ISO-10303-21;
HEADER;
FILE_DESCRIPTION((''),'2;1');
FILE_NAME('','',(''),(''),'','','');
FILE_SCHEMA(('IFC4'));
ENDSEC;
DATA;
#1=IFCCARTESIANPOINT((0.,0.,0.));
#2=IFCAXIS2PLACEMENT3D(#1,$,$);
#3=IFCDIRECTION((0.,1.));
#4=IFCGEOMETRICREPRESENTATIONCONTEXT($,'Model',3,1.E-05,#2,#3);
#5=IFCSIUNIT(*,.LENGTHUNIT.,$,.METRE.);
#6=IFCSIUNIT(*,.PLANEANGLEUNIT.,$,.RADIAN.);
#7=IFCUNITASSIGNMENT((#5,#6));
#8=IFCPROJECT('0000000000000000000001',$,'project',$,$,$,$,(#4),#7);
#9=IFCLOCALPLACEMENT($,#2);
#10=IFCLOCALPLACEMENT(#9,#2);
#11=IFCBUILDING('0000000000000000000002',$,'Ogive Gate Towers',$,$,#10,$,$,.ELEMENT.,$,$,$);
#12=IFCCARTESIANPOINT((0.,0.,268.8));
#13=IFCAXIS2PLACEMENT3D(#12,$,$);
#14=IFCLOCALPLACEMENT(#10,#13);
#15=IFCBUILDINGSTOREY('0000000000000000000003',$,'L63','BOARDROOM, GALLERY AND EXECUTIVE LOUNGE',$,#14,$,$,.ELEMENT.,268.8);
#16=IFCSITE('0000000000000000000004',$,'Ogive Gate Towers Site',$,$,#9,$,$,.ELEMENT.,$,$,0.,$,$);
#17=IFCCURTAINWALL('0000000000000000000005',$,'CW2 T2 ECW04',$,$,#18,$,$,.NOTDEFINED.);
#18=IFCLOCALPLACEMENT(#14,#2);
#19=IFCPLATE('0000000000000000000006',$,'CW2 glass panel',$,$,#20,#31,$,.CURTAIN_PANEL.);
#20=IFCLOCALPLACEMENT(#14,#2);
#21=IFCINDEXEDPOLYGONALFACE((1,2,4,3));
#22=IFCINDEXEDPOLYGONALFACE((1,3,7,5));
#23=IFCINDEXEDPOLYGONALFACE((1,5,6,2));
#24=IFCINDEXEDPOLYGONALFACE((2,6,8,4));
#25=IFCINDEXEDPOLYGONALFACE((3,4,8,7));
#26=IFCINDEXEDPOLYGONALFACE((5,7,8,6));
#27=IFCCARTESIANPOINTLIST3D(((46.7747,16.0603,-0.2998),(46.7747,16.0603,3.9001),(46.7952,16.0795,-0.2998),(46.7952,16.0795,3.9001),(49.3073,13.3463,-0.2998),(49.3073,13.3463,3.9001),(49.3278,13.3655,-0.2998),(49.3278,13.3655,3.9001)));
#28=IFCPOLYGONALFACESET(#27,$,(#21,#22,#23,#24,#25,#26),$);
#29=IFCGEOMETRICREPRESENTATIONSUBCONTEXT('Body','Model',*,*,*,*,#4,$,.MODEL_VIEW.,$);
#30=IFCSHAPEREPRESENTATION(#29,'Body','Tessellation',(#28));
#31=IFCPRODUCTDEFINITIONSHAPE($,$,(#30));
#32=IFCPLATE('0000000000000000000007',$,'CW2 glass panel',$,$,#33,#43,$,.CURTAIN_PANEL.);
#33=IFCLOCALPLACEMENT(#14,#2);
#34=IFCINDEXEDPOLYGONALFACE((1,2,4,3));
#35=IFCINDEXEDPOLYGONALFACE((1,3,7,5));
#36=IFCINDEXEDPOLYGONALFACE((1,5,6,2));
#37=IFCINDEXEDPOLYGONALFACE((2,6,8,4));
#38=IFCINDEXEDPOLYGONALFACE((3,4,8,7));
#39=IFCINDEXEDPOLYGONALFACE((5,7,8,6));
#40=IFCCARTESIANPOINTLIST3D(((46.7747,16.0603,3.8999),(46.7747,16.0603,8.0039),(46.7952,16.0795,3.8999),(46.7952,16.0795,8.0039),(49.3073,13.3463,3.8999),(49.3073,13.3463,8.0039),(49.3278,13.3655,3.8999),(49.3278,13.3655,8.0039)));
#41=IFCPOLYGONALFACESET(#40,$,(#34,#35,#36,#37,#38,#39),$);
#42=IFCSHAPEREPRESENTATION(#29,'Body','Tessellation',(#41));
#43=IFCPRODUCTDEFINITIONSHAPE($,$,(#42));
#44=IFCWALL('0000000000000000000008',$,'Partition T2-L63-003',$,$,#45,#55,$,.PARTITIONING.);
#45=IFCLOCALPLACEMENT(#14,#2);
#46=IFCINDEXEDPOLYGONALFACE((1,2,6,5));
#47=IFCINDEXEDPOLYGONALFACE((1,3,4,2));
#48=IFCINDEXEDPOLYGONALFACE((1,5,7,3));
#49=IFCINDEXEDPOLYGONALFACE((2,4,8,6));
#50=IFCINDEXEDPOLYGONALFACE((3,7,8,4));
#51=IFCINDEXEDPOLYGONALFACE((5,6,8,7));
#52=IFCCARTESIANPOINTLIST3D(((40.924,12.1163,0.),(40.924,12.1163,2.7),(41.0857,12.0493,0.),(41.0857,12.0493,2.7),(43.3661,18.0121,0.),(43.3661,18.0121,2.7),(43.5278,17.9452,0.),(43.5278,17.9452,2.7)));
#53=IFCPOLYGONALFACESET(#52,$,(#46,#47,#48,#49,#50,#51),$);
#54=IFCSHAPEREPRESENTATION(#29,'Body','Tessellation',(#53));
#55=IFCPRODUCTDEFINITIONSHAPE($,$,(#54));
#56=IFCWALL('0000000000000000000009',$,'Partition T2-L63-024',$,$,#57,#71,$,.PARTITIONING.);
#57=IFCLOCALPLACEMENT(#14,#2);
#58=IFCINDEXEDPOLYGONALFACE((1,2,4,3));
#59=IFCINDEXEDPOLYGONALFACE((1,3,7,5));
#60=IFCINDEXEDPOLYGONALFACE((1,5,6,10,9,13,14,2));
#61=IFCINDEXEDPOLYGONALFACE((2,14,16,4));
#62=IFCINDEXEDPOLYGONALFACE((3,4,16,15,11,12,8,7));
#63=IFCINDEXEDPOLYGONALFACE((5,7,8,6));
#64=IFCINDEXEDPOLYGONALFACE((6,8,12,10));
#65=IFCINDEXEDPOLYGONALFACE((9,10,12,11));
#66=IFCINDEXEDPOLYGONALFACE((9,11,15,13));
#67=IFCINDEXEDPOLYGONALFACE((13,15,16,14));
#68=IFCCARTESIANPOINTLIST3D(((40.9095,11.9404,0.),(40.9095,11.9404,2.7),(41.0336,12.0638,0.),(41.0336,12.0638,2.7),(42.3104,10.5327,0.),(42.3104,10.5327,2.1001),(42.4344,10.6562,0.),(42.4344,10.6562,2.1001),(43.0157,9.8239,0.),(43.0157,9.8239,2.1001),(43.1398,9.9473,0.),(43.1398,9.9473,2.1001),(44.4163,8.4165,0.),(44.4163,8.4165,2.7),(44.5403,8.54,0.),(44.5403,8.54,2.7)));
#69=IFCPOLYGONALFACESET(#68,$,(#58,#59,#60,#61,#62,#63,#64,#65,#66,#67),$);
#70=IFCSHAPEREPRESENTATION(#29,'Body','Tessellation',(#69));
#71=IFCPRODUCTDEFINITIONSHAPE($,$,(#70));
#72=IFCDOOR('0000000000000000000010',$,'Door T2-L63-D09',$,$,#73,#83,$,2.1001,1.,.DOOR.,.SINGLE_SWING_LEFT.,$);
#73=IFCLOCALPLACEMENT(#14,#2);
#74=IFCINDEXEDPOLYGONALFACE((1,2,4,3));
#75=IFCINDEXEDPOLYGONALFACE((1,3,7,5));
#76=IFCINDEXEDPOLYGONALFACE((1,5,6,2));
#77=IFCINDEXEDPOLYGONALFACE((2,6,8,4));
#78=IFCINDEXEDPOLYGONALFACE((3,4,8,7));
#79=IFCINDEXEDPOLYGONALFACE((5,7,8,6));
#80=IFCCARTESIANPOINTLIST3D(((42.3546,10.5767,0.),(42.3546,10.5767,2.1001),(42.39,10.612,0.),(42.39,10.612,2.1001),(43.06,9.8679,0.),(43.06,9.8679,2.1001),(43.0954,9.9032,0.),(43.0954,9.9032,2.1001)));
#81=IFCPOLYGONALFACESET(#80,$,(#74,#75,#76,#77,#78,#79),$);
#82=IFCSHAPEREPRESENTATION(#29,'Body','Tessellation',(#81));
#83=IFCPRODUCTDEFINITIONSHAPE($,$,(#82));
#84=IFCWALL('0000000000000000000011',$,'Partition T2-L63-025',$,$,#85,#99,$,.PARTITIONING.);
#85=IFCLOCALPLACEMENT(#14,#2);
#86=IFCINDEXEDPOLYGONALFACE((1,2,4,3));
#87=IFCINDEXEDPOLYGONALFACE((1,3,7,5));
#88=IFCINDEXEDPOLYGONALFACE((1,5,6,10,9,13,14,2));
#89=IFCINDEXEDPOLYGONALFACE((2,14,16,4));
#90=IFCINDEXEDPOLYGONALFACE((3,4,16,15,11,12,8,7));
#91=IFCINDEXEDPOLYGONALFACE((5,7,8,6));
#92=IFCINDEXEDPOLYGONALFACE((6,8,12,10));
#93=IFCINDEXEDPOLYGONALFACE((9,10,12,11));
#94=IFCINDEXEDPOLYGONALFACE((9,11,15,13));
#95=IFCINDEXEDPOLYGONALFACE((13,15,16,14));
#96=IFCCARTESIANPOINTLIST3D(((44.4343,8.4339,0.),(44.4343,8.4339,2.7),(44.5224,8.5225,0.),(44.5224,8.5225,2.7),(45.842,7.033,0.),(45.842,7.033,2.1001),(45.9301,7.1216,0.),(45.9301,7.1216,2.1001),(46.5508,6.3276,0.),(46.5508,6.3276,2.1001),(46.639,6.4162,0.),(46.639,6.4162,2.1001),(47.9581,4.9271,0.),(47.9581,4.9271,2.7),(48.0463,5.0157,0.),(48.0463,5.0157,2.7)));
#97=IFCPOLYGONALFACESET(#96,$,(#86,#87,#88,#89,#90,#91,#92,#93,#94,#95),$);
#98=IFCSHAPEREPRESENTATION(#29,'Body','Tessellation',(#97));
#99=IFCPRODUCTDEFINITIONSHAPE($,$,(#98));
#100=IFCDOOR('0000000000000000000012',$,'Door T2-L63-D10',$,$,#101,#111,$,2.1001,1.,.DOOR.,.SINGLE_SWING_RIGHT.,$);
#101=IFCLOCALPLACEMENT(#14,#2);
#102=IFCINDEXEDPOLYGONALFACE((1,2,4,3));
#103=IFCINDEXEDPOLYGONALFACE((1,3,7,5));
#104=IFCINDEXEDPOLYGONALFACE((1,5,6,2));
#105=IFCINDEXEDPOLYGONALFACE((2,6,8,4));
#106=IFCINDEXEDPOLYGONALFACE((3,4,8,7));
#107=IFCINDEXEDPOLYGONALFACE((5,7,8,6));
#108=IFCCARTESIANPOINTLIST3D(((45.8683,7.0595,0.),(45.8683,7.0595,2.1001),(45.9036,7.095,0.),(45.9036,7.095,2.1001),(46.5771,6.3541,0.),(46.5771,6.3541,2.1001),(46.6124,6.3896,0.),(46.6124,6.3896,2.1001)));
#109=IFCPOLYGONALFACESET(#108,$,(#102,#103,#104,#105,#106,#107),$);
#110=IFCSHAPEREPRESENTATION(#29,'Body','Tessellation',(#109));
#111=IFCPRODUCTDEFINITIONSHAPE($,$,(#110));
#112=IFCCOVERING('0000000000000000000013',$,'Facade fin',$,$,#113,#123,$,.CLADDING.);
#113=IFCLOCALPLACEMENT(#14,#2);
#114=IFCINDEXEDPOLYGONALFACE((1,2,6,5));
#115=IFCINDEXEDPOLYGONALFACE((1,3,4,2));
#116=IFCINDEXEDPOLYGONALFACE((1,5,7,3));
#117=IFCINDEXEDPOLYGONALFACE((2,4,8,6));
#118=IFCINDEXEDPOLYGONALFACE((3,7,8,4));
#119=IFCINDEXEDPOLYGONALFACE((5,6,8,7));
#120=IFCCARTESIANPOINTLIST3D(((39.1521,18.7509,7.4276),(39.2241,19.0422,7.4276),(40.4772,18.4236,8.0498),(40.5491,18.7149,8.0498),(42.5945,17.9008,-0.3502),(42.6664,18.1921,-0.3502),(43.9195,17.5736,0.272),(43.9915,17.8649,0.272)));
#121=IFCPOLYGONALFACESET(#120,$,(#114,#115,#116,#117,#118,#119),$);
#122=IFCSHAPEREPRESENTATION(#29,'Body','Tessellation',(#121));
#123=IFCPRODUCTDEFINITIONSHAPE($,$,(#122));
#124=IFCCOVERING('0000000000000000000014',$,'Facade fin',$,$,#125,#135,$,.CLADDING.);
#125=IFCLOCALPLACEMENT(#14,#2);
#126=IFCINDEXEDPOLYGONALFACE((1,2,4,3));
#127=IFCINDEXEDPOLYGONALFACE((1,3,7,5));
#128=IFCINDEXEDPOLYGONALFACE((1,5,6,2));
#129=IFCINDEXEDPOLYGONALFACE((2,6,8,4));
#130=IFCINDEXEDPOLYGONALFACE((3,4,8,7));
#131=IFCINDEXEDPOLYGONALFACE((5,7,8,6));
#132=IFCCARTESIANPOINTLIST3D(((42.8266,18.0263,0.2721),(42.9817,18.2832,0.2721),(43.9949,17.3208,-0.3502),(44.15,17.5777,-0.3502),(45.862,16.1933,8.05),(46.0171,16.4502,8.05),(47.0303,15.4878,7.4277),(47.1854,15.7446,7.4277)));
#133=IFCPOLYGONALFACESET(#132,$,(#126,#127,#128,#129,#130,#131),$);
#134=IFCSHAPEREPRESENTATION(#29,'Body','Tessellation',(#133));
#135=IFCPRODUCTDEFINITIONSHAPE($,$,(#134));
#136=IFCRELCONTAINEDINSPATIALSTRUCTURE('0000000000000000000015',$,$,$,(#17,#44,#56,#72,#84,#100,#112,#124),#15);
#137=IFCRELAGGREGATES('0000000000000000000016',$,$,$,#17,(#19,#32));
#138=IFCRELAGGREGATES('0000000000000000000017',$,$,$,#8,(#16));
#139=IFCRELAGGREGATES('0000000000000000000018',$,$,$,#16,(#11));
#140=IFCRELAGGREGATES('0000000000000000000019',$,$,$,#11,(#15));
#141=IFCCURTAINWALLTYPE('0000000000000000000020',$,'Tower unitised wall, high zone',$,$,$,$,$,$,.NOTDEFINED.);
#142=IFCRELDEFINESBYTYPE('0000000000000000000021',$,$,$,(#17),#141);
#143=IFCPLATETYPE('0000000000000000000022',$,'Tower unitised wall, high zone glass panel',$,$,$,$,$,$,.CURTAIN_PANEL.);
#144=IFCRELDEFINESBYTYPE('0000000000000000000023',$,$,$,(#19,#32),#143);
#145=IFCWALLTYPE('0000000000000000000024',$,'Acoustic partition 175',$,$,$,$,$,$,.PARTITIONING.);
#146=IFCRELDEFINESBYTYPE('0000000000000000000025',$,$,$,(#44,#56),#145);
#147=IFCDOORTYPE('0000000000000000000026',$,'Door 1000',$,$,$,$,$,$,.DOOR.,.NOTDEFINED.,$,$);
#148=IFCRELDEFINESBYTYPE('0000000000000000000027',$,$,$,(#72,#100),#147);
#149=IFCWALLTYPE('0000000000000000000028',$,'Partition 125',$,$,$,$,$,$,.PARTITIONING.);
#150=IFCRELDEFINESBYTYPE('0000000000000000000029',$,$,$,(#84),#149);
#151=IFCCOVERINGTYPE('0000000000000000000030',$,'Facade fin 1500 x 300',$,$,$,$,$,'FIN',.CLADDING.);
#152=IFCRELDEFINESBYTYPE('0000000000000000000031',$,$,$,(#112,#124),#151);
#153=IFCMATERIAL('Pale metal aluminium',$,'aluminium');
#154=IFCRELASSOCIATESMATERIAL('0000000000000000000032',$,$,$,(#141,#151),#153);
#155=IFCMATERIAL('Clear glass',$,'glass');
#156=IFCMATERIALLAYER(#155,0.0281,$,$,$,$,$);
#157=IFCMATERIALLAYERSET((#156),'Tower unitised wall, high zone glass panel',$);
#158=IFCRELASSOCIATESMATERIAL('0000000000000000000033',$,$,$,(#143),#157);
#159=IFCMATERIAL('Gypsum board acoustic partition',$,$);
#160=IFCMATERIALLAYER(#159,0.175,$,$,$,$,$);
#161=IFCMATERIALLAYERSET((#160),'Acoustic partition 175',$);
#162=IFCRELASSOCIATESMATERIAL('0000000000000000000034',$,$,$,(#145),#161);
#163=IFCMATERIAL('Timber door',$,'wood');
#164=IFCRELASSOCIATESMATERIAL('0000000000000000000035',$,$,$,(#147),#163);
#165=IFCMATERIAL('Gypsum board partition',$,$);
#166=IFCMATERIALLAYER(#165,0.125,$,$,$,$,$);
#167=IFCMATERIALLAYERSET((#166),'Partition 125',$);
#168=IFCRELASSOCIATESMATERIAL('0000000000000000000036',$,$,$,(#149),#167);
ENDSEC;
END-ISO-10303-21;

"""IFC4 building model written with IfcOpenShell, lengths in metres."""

from ifc_helpers import new_model, si_unit, direction, frame, frame_2d, origin, origin_2d, place, context, subcontext, project, spatial, rectangle, extrude, material, layer, layer_set, material_profile, profile_set, type_object, element, fill, aggregate, save


model = new_model("IFC4")

# Units and contexts
model_context = context("Model", 3, precision=1e-05, world=origin(), true_north=direction((0.0, 1.0)))
body_context = subcontext(model_context, "Body", "Model", "MODEL_VIEW")
ifc_project = project(units=[si_unit("LENGTHUNIT", "METRE"), si_unit("PLANEANGLEUNIT", "RADIAN")], contexts=[model_context])

# Site, building, storey
site_placement = place(None, origin())
site = spatial("IfcSite", under=ifc_project, at=site_placement, Name="Ogive Gate Towers Site", CompositionType="ELEMENT", RefElevation=0.0)
building_placement = place(site_placement, origin())
building = spatial("IfcBuilding", under=site, at=building_placement, Name="Ogive Gate Towers", CompositionType="ELEMENT")
storey_placement = place(building_placement, frame((0.0, 0.0, 268.8)))
storey = spatial("IfcBuildingStorey", under=building, at=storey_placement, Name="L63", Description="BOARDROOM, GALLERY AND EXECUTIVE LOUNGE", CompositionType="ELEMENT", Elevation=268.8)

# Curtain wall, plates
ifc_material_1 = material(Name="Pale metal aluminium", Category="aluminium")
curtain_wall_type = type_object("IfcCurtainWallType", Name="Tower unitised wall, high zone", PredefinedType="NOTDEFINED", material=ifc_material_1)
curtain_wall_placement = place(storey_placement, origin())
curtain_wall = element("IfcCurtainWall", 1, at=curtain_wall_placement, inside=storey, type_object=curtain_wall_type, Name="CW2 T2 ECW04", PredefinedType="NOTDEFINED")
ifc_material_2 = material(Name="Clear glass", Category="glass")
ifc_layer_1 = layer(ifc_material_2, 0.0281)
ifc_layer_set_1 = layer_set([ifc_layer_1], Name="Tower unitised wall, high zone glass panel")
plate_type = type_object("IfcPlateType", Name="Tower unitised wall, high zone glass panel", PredefinedType="CURTAIN_PANEL", material=ifc_layer_set_1)
plate_1_placement = place(storey_placement, frame((48.0513, 14.7129, -0.2998), z_axis=(0.0, 0.0, 1.0), x_axis=(0.682254, -0.731116, 0.0)))
plate_1 = element("IfcPlate", 2, at=plate_1_placement, type_object=plate_type, Name="CW2 glass panel", PredefinedType="CURTAIN_PANEL", context=body_context, shape_type="SweptSolid", body=[
    extrude(rectangle(XDim=3.7122, YDim=0.0281, at=origin_2d()), origin(), (0.0, 0.0, 1.0), 4.2),
])
plate_2_placement = place(storey_placement, frame((48.0513, 14.7129, 3.8999), z_axis=(0.0, 0.0, 1.0), x_axis=(0.682254, -0.731116, 0.0)))
plate_2 = element("IfcPlate", 3, at=plate_2_placement, type_object=plate_type, Name="CW2 glass panel", PredefinedType="CURTAIN_PANEL", context=body_context, shape_type="SweptSolid", body=[
    extrude(rectangle(XDim=3.7122, YDim=0.0281, at=origin_2d()), origin(), (0.0, 0.0, 1.0), 4.104),
])
aggregate(curtain_wall, [plate_1, plate_2])

# Wall
ifc_material_3 = material(Name="Gypsum board acoustic partition")
ifc_layer_2 = layer(ifc_material_3, 0.175)
ifc_layer_set_2 = layer_set([ifc_layer_2], Name="Acoustic partition 175")
wall_type_1 = type_object("IfcWallType", Name="Acoustic partition 175", PredefinedType="PARTITIONING", material=ifc_layer_set_2)
wall_1_placement = place(storey_placement, frame((43.447, 17.9788, 0.0), z_axis=(0.0, 0.0, 1.0), x_axis=(-0.382689, -0.923877, 0.0)))
element("IfcWall", 4, at=wall_1_placement, inside=storey, type_object=wall_type_1, Name="Partition T2-L63-003", PredefinedType="PARTITIONING", context=body_context, shape_type="SweptSolid", body=[
    extrude(rectangle(XDim=6.3816, YDim=0.175, at=frame_2d((3.1909, 0.0))), origin(), (0.0, 0.0, 1.0), 2.7),
])

# Walls, openings, doors
wall_2_placement = place(storey_placement, frame((40.9714, 12.0022, 0.0), z_axis=(0.0, 0.0, 1.0), x_axis=(0.705386, -0.708823, 0.0)))
wall_2 = element("IfcWall", 5, at=wall_2_placement, inside=storey, type_object=wall_type_1, Name="Partition T2-L63-024", PredefinedType="PARTITIONING", context=body_context, shape_type="SweptSolid", body=[
    extrude(rectangle(XDim=4.9714, YDim=0.175, at=frame_2d((2.4858, 0.0))), origin(), (0.0, 0.0, 1.0), 2.7),
])
opening_1_placement = place(wall_2_placement, frame((1.9861, 0.0, 0.0)))
opening_1 = element("IfcOpeningElement", 6, at=opening_1_placement, cuts=wall_2, PredefinedType="OPENING", context=body_context, shape_type="SweptSolid", body=[
    extrude(rectangle(XDim=1.0, YDim=2.1001, at=frame_2d((0.5, 1.05))), frame((0.0, 0.0977, 0.0), z_axis=(0.0, -1.0, 0.0), x_axis=(1.0, 0.0, 0.0)), (0.0, 0.0, 1.0), 0.1951),
])
ifc_material_4 = material(Name="Timber door", Category="wood")
door_type = type_object("IfcDoorType", Name="Door 1000", OperationType="NOTDEFINED", PredefinedType="DOOR", material=ifc_material_4)
door_1_placement = place(opening_1_placement, origin())
door_1 = element("IfcDoor", 7, at=door_1_placement, inside=storey, type_object=door_type, Name="Door T2-L63-D09", OperationType="SINGLE_SWING_LEFT", OverallHeight=2.1001, OverallWidth=1.0, PredefinedType="DOOR", context=body_context, shape_type="SweptSolid", body=[
    extrude(rectangle(XDim=1.0, YDim=2.1001, at=frame_2d((0.5, 1.05))), frame((0.0, 0.0249, 0.0), z_axis=(0.0, -1.0, 0.0), x_axis=(1.0, 0.0, 0.0)), (0.0, 0.0, 1.0), 0.05),
])
fill(opening_1, door_1)
ifc_material_5 = material(Name="Gypsum board partition")
ifc_layer_3 = layer(ifc_material_5, 0.125)
ifc_layer_set_3 = layer_set([ifc_layer_3], Name="Partition 125")
wall_type_2 = type_object("IfcWallType", Name="Partition 125", PredefinedType="PARTITIONING", material=ifc_layer_set_3)
wall_3_placement = place(storey_placement, frame((44.4783, 8.4783, 0.0), z_axis=(0.0, 0.0, 1.0), x_axis=(0.708823, -0.705386, 0.0)))
wall_3 = element("IfcWall", 8, at=wall_3_placement, inside=storey, type_object=wall_type_2, Name="Partition T2-L63-025", PredefinedType="PARTITIONING", context=body_context, shape_type="SweptSolid", body=[
    extrude(rectangle(XDim=4.9714, YDim=0.125, at=frame_2d((2.4858, 0.0))), origin(), (0.0, 0.0, 1.0), 2.7),
])
opening_2_placement = place(wall_3_placement, frame((1.9861, 0.0, 0.0)))
opening_2 = element("IfcOpeningElement", 9, at=opening_2_placement, cuts=wall_3, PredefinedType="OPENING", context=body_context, shape_type="SweptSolid", body=[
    extrude(rectangle(XDim=1.0, YDim=2.1001, at=frame_2d((0.5, 1.05))), frame((0.0, 0.0725, 0.0), z_axis=(0.0, -1.0, 0.0), x_axis=(1.0, 0.0, 0.0)), (0.0, 0.0, 1.0), 0.145),
])
door_2_placement = place(opening_2_placement, origin())
door_2 = element("IfcDoor", 10, at=door_2_placement, inside=storey, type_object=door_type, Name="Door T2-L63-D10", OperationType="SINGLE_SWING_RIGHT", OverallHeight=2.1001, OverallWidth=1.0, PredefinedType="DOOR", context=body_context, shape_type="SweptSolid", body=[
    extrude(rectangle(XDim=1.0, YDim=2.1001, at=frame_2d((0.5, 1.05))), frame((0.0, 0.0249, 0.0), z_axis=(0.0, -1.0, 0.0), x_axis=(1.0, 0.0, 0.0)), (0.0, 0.0, 1.0), 0.05),
])
fill(opening_2, door_2)

# Coverings
ifc_material_profile_1 = material_profile(ifc_material_1, rectangle(XDim=0.3, YDim=1.5, at=origin_2d()), Name="1500 x 300 pale metal aluminium")
ifc_profile_set_1 = profile_set([ifc_material_profile_1], Name="Pale metal aluminium")
covering_type = type_object("IfcCoveringType", Name="Facade fin 1500 x 300", ElementType="FIN", PredefinedType="CLADDING", material=ifc_profile_set_1)
covering_1_placement = place(storey_placement, frame((43.293, 17.8828, -0.0391), z_axis=(-0.402715, 0.099451, 0.909907), x_axis=(-0.239748, -0.970835, 0.0)))
element("IfcCovering", 11, at=covering_1_placement, inside=storey, type_object=covering_type, Name="Facade fin", PredefinedType="CLADDING", context=body_context, shape_type="SweptSolid", body=[
    extrude(rectangle(XDim=0.3, YDim=1.5, at=origin_2d()), origin(), (0.0, 0.0, 1.0), 8.5479),
])
covering_2_placement = place(storey_placement, frame((43.4883, 17.802, -0.0391), z_axis=(0.355101, -0.214437, 0.909901), x_axis=(0.516934, 0.856025, 0.0)))
element("IfcCovering", 12, at=covering_2_placement, inside=storey, type_object=covering_type, Name="Facade fin", PredefinedType="CLADDING", context=body_context, shape_type="SweptSolid", body=[
    extrude(rectangle(XDim=0.3, YDim=1.5, at=origin_2d()), origin(), (0.0, 0.0, 1.0), 8.5481),
])

save(model, "model.ifc")
